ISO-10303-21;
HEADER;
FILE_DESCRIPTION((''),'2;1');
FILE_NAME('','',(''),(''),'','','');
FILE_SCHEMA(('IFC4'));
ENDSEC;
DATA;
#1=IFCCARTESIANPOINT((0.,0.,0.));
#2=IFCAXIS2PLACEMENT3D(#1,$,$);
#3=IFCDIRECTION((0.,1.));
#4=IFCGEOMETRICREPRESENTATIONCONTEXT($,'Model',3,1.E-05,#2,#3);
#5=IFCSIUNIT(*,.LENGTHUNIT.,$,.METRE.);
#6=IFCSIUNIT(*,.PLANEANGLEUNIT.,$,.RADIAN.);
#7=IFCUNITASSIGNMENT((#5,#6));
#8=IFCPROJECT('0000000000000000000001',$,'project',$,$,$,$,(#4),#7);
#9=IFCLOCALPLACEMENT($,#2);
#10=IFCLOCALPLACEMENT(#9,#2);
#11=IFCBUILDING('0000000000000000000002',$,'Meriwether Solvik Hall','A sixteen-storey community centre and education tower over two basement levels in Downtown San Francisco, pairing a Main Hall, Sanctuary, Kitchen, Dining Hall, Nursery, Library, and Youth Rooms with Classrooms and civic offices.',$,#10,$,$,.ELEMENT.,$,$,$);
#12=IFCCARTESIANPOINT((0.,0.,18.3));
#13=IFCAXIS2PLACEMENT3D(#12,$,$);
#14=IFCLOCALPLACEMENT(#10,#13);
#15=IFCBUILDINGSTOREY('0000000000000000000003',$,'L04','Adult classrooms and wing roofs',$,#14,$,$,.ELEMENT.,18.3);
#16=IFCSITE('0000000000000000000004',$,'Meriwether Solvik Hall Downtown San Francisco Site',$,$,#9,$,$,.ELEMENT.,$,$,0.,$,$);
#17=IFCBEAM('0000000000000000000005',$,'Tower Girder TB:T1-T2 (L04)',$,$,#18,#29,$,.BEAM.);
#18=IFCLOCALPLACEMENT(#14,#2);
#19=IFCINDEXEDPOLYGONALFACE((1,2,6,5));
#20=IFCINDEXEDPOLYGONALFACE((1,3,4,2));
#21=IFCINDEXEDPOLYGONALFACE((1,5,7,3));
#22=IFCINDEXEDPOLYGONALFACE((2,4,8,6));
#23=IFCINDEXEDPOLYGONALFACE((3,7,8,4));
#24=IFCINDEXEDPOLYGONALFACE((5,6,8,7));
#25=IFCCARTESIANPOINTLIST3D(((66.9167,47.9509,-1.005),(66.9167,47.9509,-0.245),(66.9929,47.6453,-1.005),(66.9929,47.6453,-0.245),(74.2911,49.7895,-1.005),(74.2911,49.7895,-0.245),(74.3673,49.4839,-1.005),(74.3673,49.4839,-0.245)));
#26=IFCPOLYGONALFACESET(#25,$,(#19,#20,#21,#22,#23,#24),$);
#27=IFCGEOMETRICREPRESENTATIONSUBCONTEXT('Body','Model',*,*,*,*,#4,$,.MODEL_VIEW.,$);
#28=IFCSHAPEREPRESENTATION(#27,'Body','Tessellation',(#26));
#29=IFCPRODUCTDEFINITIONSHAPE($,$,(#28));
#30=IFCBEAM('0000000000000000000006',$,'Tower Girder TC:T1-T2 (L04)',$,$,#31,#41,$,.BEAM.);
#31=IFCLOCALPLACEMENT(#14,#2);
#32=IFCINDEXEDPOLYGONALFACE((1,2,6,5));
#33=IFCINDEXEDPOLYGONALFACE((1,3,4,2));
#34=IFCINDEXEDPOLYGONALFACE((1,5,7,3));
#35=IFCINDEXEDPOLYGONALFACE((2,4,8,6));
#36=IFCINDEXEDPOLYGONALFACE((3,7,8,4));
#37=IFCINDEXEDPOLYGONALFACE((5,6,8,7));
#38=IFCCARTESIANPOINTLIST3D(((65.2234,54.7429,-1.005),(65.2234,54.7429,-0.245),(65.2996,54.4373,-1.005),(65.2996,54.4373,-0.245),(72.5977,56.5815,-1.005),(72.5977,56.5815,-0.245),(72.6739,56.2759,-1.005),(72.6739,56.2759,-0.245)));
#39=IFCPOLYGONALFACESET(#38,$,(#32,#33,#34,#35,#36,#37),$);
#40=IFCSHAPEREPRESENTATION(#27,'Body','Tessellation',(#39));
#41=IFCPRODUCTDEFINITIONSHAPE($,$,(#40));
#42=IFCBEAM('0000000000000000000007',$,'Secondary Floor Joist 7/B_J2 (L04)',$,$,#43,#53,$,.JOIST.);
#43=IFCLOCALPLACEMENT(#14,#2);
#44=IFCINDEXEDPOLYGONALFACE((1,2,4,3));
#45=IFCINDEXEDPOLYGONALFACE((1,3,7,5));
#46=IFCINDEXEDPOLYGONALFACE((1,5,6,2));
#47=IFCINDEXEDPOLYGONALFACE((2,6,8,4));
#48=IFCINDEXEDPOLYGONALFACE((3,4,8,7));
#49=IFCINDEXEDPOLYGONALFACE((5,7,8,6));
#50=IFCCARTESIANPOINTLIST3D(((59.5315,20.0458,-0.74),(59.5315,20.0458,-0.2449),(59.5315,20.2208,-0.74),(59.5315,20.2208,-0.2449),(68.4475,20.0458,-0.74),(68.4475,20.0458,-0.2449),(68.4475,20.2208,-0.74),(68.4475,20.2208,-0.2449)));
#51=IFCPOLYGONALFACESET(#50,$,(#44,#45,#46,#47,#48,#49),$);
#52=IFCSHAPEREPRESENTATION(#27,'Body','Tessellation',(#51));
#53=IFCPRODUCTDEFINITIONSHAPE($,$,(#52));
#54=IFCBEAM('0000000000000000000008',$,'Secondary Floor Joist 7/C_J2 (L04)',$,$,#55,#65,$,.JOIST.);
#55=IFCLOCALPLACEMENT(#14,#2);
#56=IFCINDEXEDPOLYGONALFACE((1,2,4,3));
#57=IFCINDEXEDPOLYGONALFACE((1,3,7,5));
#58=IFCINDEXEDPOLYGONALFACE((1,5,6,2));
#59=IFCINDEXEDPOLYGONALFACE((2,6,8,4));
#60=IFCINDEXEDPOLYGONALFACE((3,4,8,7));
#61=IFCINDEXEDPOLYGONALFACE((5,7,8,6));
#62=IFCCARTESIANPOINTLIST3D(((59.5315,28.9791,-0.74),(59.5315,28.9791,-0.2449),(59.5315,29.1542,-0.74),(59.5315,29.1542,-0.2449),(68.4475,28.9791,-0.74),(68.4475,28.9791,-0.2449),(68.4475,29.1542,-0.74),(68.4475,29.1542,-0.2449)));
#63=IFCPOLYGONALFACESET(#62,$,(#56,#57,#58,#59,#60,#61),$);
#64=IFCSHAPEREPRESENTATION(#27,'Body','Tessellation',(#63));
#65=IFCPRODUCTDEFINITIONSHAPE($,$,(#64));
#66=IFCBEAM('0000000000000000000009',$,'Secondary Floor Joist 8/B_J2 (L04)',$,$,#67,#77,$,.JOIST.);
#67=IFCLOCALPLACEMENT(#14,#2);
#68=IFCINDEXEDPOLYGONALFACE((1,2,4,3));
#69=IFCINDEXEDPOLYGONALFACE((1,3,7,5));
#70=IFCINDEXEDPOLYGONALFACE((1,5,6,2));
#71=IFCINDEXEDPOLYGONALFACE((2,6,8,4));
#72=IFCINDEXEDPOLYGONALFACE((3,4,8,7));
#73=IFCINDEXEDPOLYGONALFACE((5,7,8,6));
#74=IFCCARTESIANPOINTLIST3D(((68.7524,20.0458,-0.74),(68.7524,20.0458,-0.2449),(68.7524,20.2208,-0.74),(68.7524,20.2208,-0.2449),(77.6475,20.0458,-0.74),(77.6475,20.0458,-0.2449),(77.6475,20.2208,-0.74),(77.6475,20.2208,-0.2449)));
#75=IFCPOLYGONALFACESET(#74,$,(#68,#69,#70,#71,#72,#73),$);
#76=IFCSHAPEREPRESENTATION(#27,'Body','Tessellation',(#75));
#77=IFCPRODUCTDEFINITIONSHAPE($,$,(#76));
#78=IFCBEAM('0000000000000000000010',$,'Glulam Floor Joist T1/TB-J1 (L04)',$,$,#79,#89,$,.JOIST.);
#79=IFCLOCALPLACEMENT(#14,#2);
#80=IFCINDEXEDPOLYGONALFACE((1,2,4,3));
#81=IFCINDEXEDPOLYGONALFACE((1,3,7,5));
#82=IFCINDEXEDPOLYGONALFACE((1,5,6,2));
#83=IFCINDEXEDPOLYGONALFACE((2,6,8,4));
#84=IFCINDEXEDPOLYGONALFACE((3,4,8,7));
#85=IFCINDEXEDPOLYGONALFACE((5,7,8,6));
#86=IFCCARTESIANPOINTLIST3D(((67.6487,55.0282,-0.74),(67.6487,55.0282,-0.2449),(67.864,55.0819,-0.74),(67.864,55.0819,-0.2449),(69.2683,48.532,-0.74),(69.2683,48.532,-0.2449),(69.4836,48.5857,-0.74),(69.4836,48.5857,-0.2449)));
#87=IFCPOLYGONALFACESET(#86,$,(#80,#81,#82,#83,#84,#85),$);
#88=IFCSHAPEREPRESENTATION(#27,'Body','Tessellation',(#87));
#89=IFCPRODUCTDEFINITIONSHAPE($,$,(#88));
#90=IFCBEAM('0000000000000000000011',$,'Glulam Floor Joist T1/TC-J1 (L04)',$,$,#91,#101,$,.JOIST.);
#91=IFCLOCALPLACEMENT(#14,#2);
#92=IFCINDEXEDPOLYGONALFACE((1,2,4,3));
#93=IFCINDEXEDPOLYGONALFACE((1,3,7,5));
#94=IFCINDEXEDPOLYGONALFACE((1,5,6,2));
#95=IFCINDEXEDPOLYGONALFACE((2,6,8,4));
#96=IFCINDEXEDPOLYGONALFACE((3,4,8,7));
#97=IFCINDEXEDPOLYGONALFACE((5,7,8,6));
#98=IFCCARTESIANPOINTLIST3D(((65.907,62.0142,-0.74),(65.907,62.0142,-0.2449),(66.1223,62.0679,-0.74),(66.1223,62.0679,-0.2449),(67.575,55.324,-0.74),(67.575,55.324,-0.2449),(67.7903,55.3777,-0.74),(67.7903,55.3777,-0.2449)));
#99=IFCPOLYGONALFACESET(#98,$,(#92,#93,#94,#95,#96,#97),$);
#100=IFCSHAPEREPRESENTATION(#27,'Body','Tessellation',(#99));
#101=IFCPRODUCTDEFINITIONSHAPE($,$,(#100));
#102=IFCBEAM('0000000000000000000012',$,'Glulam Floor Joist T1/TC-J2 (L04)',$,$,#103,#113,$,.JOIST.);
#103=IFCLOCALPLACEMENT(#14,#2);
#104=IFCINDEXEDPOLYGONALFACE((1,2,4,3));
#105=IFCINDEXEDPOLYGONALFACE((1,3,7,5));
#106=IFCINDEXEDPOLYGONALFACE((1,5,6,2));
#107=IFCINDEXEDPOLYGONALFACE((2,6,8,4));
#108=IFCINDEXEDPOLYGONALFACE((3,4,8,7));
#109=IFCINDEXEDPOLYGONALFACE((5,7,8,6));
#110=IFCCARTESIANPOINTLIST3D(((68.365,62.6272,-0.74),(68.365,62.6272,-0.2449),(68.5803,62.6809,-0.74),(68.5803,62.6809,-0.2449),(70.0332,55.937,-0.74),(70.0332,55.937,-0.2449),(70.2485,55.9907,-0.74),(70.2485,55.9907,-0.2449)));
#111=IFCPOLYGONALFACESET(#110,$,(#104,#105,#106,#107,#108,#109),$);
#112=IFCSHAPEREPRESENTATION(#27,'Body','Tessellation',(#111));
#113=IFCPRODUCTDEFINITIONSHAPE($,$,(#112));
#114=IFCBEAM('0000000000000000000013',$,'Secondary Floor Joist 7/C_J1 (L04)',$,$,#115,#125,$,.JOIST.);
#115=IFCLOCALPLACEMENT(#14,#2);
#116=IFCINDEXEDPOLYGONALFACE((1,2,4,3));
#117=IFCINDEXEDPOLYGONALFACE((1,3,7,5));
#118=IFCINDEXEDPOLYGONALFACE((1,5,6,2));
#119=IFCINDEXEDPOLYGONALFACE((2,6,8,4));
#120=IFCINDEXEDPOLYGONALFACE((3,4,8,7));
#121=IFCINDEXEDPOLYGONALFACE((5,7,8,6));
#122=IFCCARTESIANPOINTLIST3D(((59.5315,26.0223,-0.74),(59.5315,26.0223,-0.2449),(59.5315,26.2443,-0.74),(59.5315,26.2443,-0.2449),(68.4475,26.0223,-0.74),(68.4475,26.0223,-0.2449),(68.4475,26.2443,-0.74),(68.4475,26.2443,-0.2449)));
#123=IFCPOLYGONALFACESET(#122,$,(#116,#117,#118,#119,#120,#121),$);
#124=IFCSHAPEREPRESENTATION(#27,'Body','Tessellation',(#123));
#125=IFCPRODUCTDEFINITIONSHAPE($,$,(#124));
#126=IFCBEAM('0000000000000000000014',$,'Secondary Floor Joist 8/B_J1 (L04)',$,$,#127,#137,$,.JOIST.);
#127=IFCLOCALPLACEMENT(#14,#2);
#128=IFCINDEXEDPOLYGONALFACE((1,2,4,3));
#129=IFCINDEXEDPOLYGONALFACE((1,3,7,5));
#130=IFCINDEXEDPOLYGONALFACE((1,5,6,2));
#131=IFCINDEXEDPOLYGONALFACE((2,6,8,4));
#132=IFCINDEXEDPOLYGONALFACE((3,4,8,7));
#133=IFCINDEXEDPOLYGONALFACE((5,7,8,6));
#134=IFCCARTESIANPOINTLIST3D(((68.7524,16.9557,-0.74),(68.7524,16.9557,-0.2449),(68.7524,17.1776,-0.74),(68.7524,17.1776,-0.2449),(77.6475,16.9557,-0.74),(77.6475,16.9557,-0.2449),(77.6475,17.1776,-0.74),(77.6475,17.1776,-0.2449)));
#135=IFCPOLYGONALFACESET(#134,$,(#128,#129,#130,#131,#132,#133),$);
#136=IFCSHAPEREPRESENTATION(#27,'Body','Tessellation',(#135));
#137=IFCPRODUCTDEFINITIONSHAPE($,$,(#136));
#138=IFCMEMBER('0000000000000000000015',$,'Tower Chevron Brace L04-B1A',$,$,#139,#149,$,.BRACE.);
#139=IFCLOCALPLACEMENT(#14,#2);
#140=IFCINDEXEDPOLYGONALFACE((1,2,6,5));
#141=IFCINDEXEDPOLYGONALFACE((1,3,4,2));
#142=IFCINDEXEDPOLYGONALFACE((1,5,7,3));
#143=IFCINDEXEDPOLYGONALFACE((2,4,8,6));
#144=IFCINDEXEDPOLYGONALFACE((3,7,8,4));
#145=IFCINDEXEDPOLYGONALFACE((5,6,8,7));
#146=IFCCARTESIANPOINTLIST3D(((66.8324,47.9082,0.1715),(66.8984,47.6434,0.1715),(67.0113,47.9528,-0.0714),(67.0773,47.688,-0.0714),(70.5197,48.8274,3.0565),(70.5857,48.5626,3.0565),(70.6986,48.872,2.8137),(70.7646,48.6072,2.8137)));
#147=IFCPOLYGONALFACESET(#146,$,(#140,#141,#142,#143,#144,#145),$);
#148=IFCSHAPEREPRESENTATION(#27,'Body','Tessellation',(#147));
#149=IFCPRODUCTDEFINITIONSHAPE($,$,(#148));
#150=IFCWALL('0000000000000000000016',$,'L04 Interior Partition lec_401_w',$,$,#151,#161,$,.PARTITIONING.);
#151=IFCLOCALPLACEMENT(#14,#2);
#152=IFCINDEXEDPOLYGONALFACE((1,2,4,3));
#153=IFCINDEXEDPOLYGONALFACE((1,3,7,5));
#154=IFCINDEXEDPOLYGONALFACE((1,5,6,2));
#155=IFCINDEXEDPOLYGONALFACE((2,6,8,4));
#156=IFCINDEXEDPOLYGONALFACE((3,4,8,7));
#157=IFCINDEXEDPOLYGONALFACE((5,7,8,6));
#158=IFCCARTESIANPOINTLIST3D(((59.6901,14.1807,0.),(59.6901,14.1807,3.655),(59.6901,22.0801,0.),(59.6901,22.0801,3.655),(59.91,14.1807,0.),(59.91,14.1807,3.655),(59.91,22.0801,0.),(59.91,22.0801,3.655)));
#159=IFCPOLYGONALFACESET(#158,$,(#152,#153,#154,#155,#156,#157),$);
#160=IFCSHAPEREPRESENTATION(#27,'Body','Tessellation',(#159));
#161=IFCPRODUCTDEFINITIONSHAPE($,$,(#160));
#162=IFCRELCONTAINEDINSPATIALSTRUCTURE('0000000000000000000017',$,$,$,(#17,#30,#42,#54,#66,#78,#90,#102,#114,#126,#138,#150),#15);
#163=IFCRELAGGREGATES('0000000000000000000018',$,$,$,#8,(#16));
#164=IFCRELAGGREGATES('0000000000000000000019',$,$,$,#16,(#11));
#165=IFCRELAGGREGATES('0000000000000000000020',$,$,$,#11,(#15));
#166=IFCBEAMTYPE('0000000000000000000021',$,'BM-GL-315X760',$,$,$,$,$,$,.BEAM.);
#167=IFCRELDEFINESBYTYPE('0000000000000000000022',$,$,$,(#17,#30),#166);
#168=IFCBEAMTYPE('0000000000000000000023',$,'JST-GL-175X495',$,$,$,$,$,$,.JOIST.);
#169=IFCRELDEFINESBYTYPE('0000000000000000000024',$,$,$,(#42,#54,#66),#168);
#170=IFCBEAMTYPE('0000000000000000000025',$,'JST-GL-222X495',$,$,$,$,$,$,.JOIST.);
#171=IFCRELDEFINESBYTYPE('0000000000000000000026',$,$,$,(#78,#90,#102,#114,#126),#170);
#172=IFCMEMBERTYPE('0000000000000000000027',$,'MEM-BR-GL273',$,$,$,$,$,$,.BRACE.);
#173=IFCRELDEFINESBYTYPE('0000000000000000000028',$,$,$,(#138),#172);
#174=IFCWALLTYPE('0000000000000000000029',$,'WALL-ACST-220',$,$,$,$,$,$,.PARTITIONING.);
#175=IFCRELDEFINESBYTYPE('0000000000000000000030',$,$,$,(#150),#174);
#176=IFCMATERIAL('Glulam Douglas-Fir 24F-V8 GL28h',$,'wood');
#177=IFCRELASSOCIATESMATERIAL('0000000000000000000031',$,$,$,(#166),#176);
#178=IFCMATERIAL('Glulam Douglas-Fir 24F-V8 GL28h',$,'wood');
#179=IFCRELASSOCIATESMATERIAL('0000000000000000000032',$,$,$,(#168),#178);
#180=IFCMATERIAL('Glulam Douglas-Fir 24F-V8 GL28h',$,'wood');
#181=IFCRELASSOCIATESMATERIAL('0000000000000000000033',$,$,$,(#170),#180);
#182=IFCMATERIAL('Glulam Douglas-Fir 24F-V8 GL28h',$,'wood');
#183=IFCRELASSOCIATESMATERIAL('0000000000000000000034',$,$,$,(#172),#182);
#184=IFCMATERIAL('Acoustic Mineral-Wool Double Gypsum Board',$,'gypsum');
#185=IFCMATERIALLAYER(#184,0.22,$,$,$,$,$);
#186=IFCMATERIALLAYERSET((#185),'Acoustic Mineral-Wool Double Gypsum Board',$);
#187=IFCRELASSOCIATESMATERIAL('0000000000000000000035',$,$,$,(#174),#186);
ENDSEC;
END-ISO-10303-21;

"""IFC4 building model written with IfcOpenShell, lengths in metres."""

from ifc_helpers import new_model, si_unit, direction, frame, frame_2d, origin, origin_2d, place, context, subcontext, project, spatial, rectangle, extrude, material, layer, layer_set, material_profile, profile_set, type_object, element, save


model = new_model("IFC4")

# Units and contexts
model_context = context("Model", 3, precision=1e-05, world=origin(), true_north=direction((0.0, 1.0)))
body_context = subcontext(model_context, "Body", "Model", "MODEL_VIEW")
ifc_project = project(units=[si_unit("LENGTHUNIT", "METRE"), si_unit("PLANEANGLEUNIT", "RADIAN")], contexts=[model_context])

# Site, building, storey
site_placement = place(None, origin())
site = spatial("IfcSite", under=ifc_project, at=site_placement, Name="Meriwether Solvik Hall Downtown San Francisco Site", CompositionType="ELEMENT", RefElevation=0.0)
building_placement = place(site_placement, origin())
building = spatial("IfcBuilding", under=site, at=building_placement, Name="Meriwether Solvik Hall", Description="A sixteen-storey community centre and education tower over two basement levels in Downtown San Francisco, pairing a Main Hall, Sanctuary, Kitchen, Dining Hall, Nursery, Library, and Youth Rooms with Classrooms and civic offices.", CompositionType="ELEMENT")
storey_placement = place(building_placement, frame((0.0, 0.0, 18.3)))
storey = spatial("IfcBuildingStorey", under=building, at=storey_placement, Name="L04", Description="Adult classrooms and wing roofs", CompositionType="ELEMENT", Elevation=18.3)

# Beams
ifc_material_1 = material(Name="Glulam Douglas-Fir 24F-V8 GL28h", Category="wood")
ifc_material_profile_1 = material_profile(ifc_material_1, rectangle(XDim=0.3149, YDim=0.76, at=origin_2d()), Name="GLB-315X760")
ifc_profile_set_1 = profile_set([ifc_material_profile_1], Name="Glulam Douglas-Fir 24F-V8 GL28h")
beam_type_1 = type_object("IfcBeamType", Name="BM-GL-315X760", PredefinedType="BEAM", material=ifc_profile_set_1)
for number, where, z_axis, x_axis, name in (
    (1, (66.9548, 47.7981, -0.625), (0.970295, 0.241923, 0.0), (-0.241923, 0.970295, 0.0), "Tower Girder TB:T1-T2 (L04)"),
    (2, (65.2615, 54.5901, -0.625), (0.970295, 0.241923, 0.0), (-0.241923, 0.970295, 0.0), "Tower Girder TC:T1-T2 (L04)"),
):
    element("IfcBeam", number, at=place(storey_placement, frame(where, z_axis=z_axis, x_axis=x_axis)), inside=storey, type_object=beam_type_1, Name=name, PredefinedType="BEAM", context=body_context, shape_type="SweptSolid", body=[
        extrude(rectangle(XDim=0.3149, YDim=0.76, at=origin_2d()), origin(), (0.0, 0.0, 1.0), 7.6001),
    ])
ifc_material_2 = material(Name="Glulam Douglas-Fir 24F-V8 GL28h", Category="wood")
ifc_material_profile_2 = material_profile(ifc_material_2, rectangle(XDim=0.175, YDim=0.4951, at=origin_2d()), Name="GLJ-175X495")
ifc_profile_set_2 = profile_set([ifc_material_profile_2], Name="Glulam Douglas-Fir 24F-V8 GL28h")
beam_type_2 = type_object("IfcBeamType", Name="JST-GL-175X495", PredefinedType="JOIST", material=ifc_profile_set_2)
for number, where, z_axis, x_axis, name in (
    (3, (59.5315, 20.1333, -0.4924), (1.0, 0.0, 0.0), (0.0, 1.0, 0.0), "Secondary Floor Joist 7/B_J2 (L04)"),
    (4, (59.5315, 29.0667, -0.4924), (1.0, 0.0, 0.0), (0.0, 1.0, 0.0), "Secondary Floor Joist 7/C_J2 (L04)"),
):
    element("IfcBeam", number, at=place(storey_placement, frame(where, z_axis=z_axis, x_axis=x_axis)), inside=storey, type_object=beam_type_2, Name=name, PredefinedType="JOIST", context=body_context, shape_type="SweptSolid", body=[
        extrude(rectangle(XDim=0.175, YDim=0.4951, at=origin_2d()), origin(), (0.0, 0.0, 1.0), 8.916),
    ])
beam_1_placement = place(storey_placement, frame((68.7524, 20.1333, -0.4924), z_axis=(1.0, 0.0, 0.0), x_axis=(0.0, 1.0, 0.0)))
element("IfcBeam", 5, at=beam_1_placement, inside=storey, type_object=beam_type_2, Name="Secondary Floor Joist 8/B_J2 (L04)", PredefinedType="JOIST", context=body_context, shape_type="SweptSolid", body=[
    extrude(rectangle(XDim=0.175, YDim=0.4951, at=origin_2d()), origin(), (0.0, 0.0, 1.0), 8.895),
])
ifc_material_3 = material(Name="Glulam Douglas-Fir 24F-V8 GL28h", Category="wood")
ifc_material_profile_3 = material_profile(ifc_material_3, rectangle(XDim=0.2219, YDim=0.4951, at=origin_2d()), Name="GLJ-222X495")
ifc_profile_set_3 = profile_set([ifc_material_profile_3], Name="Glulam Douglas-Fir 24F-V8 GL28h")
beam_type_3 = type_object("IfcBeamType", Name="JST-GL-222X495", PredefinedType="JOIST", material=ifc_profile_set_3)
beam_2_placement = place(storey_placement, frame((69.376, 48.5588, -0.4924), z_axis=(-0.241918, 0.970297, 0.0), x_axis=(-0.970297, -0.241918, 0.0)))
element("IfcBeam", 6, at=beam_2_placement, inside=storey, type_object=beam_type_3, Name="Glulam Floor Joist T1/TB-J1 (L04)", PredefinedType="JOIST", context=body_context, shape_type="SweptSolid", body=[
    extrude(rectangle(XDim=0.2219, YDim=0.4951, at=origin_2d()), origin(), (0.0, 0.0, 1.0), 6.6951),
])
for number, where, z_axis, x_axis, name in (
    (7, (67.6826, 55.3508, -0.4924), (-0.241911, 0.970299, 0.0), (-0.970299, -0.241911, 0.0), "Glulam Floor Joist T1/TC-J1 (L04)"),
    (8, (70.1409, 55.9639, -0.4924), (-0.241944, 0.97029, 0.0), (-0.97029, -0.241944, 0.0), "Glulam Floor Joist T1/TC-J2 (L04)"),
):
    element("IfcBeam", number, at=place(storey_placement, frame(where, z_axis=z_axis, x_axis=x_axis)), inside=storey, type_object=beam_type_3, Name=name, PredefinedType="JOIST", context=body_context, shape_type="SweptSolid", body=[
        extrude(rectangle(XDim=0.2219, YDim=0.4951, at=origin_2d()), origin(), (0.0, 0.0, 1.0), 6.895),
    ])
beam_3_placement = place(storey_placement, frame((59.5315, 26.1333, -0.4924), z_axis=(1.0, 0.0, 0.0), x_axis=(0.0, 1.0, 0.0)))
element("IfcBeam", 9, at=beam_3_placement, inside=storey, type_object=beam_type_3, Name="Secondary Floor Joist 7/C_J1 (L04)", PredefinedType="JOIST", context=body_context, shape_type="SweptSolid", body=[
    extrude(rectangle(XDim=0.2219, YDim=0.4951, at=origin_2d()), origin(), (0.0, 0.0, 1.0), 8.916),
])
beam_4_placement = place(storey_placement, frame((68.7524, 17.0667, -0.4924), z_axis=(1.0, 0.0, 0.0), x_axis=(0.0, 1.0, 0.0)))
element("IfcBeam", 10, at=beam_4_placement, inside=storey, type_object=beam_type_3, Name="Secondary Floor Joist 8/B_J1 (L04)", PredefinedType="JOIST", context=body_context, shape_type="SweptSolid", body=[
    extrude(rectangle(XDim=0.2219, YDim=0.4951, at=origin_2d()), origin(), (0.0, 0.0, 1.0), 8.895),
])

# Member
ifc_material_4 = material(Name="Glulam Douglas-Fir 24F-V8 GL28h", Category="wood")
ifc_material_profile_4 = material_profile(ifc_material_4, rectangle(XDim=0.2729, YDim=0.3049, at=origin_2d()), Name="GLM-273X305")
ifc_profile_set_4 = profile_set([ifc_material_profile_4], Name="Glulam Douglas-Fir 24F-V8 GL28h")
member_type = type_object("IfcMemberType", Name="MEM-BR-GL273", PredefinedType="BRACE", material=ifc_profile_set_4)
member_placement = place(storey_placement, frame((66.9548, 47.7981, 0.05), z_axis=(0.77282, 0.192655, 0.604676), x_axis=(-0.241886, 0.970305, 0.0)))
element("IfcMember", 11, at=member_placement, inside=storey, type_object=member_type, Name="Tower Chevron Brace L04-B1A", PredefinedType="BRACE", context=body_context, shape_type="SweptSolid", body=[
    extrude(rectangle(XDim=0.2729, YDim=0.3049, at=origin_2d()), origin(), (0.0, 0.0, 1.0), 4.7712),
])

# Wall
ifc_material_5 = material(Name="Acoustic Mineral-Wool Double Gypsum Board", Category="gypsum")
ifc_layer_1 = layer(ifc_material_5, 0.22)
ifc_layer_set_1 = layer_set([ifc_layer_1], Name="Acoustic Mineral-Wool Double Gypsum Board")
wall_type_1 = type_object("IfcWallType", Name="WALL-ACST-220", PredefinedType="PARTITIONING", material=ifc_layer_set_1)
wall_1_placement = place(storey_placement, frame((59.8, 22.0801, 0.0), z_axis=(0.0, 0.0, 1.0), x_axis=(0.0, -1.0, 0.0)))
element("IfcWall", 12, at=wall_1_placement, inside=storey, type_object=wall_type_1, Name="L04 Interior Partition lec_401_w", PredefinedType="PARTITIONING", context=body_context, shape_type="SweptSolid", body=[
    extrude(rectangle(XDim=7.8994, YDim=0.22, at=frame_2d((3.9497, 0.0))), origin(), (0.0, 0.0, 1.0), 3.655),
])

save(model, "model.ifc")
